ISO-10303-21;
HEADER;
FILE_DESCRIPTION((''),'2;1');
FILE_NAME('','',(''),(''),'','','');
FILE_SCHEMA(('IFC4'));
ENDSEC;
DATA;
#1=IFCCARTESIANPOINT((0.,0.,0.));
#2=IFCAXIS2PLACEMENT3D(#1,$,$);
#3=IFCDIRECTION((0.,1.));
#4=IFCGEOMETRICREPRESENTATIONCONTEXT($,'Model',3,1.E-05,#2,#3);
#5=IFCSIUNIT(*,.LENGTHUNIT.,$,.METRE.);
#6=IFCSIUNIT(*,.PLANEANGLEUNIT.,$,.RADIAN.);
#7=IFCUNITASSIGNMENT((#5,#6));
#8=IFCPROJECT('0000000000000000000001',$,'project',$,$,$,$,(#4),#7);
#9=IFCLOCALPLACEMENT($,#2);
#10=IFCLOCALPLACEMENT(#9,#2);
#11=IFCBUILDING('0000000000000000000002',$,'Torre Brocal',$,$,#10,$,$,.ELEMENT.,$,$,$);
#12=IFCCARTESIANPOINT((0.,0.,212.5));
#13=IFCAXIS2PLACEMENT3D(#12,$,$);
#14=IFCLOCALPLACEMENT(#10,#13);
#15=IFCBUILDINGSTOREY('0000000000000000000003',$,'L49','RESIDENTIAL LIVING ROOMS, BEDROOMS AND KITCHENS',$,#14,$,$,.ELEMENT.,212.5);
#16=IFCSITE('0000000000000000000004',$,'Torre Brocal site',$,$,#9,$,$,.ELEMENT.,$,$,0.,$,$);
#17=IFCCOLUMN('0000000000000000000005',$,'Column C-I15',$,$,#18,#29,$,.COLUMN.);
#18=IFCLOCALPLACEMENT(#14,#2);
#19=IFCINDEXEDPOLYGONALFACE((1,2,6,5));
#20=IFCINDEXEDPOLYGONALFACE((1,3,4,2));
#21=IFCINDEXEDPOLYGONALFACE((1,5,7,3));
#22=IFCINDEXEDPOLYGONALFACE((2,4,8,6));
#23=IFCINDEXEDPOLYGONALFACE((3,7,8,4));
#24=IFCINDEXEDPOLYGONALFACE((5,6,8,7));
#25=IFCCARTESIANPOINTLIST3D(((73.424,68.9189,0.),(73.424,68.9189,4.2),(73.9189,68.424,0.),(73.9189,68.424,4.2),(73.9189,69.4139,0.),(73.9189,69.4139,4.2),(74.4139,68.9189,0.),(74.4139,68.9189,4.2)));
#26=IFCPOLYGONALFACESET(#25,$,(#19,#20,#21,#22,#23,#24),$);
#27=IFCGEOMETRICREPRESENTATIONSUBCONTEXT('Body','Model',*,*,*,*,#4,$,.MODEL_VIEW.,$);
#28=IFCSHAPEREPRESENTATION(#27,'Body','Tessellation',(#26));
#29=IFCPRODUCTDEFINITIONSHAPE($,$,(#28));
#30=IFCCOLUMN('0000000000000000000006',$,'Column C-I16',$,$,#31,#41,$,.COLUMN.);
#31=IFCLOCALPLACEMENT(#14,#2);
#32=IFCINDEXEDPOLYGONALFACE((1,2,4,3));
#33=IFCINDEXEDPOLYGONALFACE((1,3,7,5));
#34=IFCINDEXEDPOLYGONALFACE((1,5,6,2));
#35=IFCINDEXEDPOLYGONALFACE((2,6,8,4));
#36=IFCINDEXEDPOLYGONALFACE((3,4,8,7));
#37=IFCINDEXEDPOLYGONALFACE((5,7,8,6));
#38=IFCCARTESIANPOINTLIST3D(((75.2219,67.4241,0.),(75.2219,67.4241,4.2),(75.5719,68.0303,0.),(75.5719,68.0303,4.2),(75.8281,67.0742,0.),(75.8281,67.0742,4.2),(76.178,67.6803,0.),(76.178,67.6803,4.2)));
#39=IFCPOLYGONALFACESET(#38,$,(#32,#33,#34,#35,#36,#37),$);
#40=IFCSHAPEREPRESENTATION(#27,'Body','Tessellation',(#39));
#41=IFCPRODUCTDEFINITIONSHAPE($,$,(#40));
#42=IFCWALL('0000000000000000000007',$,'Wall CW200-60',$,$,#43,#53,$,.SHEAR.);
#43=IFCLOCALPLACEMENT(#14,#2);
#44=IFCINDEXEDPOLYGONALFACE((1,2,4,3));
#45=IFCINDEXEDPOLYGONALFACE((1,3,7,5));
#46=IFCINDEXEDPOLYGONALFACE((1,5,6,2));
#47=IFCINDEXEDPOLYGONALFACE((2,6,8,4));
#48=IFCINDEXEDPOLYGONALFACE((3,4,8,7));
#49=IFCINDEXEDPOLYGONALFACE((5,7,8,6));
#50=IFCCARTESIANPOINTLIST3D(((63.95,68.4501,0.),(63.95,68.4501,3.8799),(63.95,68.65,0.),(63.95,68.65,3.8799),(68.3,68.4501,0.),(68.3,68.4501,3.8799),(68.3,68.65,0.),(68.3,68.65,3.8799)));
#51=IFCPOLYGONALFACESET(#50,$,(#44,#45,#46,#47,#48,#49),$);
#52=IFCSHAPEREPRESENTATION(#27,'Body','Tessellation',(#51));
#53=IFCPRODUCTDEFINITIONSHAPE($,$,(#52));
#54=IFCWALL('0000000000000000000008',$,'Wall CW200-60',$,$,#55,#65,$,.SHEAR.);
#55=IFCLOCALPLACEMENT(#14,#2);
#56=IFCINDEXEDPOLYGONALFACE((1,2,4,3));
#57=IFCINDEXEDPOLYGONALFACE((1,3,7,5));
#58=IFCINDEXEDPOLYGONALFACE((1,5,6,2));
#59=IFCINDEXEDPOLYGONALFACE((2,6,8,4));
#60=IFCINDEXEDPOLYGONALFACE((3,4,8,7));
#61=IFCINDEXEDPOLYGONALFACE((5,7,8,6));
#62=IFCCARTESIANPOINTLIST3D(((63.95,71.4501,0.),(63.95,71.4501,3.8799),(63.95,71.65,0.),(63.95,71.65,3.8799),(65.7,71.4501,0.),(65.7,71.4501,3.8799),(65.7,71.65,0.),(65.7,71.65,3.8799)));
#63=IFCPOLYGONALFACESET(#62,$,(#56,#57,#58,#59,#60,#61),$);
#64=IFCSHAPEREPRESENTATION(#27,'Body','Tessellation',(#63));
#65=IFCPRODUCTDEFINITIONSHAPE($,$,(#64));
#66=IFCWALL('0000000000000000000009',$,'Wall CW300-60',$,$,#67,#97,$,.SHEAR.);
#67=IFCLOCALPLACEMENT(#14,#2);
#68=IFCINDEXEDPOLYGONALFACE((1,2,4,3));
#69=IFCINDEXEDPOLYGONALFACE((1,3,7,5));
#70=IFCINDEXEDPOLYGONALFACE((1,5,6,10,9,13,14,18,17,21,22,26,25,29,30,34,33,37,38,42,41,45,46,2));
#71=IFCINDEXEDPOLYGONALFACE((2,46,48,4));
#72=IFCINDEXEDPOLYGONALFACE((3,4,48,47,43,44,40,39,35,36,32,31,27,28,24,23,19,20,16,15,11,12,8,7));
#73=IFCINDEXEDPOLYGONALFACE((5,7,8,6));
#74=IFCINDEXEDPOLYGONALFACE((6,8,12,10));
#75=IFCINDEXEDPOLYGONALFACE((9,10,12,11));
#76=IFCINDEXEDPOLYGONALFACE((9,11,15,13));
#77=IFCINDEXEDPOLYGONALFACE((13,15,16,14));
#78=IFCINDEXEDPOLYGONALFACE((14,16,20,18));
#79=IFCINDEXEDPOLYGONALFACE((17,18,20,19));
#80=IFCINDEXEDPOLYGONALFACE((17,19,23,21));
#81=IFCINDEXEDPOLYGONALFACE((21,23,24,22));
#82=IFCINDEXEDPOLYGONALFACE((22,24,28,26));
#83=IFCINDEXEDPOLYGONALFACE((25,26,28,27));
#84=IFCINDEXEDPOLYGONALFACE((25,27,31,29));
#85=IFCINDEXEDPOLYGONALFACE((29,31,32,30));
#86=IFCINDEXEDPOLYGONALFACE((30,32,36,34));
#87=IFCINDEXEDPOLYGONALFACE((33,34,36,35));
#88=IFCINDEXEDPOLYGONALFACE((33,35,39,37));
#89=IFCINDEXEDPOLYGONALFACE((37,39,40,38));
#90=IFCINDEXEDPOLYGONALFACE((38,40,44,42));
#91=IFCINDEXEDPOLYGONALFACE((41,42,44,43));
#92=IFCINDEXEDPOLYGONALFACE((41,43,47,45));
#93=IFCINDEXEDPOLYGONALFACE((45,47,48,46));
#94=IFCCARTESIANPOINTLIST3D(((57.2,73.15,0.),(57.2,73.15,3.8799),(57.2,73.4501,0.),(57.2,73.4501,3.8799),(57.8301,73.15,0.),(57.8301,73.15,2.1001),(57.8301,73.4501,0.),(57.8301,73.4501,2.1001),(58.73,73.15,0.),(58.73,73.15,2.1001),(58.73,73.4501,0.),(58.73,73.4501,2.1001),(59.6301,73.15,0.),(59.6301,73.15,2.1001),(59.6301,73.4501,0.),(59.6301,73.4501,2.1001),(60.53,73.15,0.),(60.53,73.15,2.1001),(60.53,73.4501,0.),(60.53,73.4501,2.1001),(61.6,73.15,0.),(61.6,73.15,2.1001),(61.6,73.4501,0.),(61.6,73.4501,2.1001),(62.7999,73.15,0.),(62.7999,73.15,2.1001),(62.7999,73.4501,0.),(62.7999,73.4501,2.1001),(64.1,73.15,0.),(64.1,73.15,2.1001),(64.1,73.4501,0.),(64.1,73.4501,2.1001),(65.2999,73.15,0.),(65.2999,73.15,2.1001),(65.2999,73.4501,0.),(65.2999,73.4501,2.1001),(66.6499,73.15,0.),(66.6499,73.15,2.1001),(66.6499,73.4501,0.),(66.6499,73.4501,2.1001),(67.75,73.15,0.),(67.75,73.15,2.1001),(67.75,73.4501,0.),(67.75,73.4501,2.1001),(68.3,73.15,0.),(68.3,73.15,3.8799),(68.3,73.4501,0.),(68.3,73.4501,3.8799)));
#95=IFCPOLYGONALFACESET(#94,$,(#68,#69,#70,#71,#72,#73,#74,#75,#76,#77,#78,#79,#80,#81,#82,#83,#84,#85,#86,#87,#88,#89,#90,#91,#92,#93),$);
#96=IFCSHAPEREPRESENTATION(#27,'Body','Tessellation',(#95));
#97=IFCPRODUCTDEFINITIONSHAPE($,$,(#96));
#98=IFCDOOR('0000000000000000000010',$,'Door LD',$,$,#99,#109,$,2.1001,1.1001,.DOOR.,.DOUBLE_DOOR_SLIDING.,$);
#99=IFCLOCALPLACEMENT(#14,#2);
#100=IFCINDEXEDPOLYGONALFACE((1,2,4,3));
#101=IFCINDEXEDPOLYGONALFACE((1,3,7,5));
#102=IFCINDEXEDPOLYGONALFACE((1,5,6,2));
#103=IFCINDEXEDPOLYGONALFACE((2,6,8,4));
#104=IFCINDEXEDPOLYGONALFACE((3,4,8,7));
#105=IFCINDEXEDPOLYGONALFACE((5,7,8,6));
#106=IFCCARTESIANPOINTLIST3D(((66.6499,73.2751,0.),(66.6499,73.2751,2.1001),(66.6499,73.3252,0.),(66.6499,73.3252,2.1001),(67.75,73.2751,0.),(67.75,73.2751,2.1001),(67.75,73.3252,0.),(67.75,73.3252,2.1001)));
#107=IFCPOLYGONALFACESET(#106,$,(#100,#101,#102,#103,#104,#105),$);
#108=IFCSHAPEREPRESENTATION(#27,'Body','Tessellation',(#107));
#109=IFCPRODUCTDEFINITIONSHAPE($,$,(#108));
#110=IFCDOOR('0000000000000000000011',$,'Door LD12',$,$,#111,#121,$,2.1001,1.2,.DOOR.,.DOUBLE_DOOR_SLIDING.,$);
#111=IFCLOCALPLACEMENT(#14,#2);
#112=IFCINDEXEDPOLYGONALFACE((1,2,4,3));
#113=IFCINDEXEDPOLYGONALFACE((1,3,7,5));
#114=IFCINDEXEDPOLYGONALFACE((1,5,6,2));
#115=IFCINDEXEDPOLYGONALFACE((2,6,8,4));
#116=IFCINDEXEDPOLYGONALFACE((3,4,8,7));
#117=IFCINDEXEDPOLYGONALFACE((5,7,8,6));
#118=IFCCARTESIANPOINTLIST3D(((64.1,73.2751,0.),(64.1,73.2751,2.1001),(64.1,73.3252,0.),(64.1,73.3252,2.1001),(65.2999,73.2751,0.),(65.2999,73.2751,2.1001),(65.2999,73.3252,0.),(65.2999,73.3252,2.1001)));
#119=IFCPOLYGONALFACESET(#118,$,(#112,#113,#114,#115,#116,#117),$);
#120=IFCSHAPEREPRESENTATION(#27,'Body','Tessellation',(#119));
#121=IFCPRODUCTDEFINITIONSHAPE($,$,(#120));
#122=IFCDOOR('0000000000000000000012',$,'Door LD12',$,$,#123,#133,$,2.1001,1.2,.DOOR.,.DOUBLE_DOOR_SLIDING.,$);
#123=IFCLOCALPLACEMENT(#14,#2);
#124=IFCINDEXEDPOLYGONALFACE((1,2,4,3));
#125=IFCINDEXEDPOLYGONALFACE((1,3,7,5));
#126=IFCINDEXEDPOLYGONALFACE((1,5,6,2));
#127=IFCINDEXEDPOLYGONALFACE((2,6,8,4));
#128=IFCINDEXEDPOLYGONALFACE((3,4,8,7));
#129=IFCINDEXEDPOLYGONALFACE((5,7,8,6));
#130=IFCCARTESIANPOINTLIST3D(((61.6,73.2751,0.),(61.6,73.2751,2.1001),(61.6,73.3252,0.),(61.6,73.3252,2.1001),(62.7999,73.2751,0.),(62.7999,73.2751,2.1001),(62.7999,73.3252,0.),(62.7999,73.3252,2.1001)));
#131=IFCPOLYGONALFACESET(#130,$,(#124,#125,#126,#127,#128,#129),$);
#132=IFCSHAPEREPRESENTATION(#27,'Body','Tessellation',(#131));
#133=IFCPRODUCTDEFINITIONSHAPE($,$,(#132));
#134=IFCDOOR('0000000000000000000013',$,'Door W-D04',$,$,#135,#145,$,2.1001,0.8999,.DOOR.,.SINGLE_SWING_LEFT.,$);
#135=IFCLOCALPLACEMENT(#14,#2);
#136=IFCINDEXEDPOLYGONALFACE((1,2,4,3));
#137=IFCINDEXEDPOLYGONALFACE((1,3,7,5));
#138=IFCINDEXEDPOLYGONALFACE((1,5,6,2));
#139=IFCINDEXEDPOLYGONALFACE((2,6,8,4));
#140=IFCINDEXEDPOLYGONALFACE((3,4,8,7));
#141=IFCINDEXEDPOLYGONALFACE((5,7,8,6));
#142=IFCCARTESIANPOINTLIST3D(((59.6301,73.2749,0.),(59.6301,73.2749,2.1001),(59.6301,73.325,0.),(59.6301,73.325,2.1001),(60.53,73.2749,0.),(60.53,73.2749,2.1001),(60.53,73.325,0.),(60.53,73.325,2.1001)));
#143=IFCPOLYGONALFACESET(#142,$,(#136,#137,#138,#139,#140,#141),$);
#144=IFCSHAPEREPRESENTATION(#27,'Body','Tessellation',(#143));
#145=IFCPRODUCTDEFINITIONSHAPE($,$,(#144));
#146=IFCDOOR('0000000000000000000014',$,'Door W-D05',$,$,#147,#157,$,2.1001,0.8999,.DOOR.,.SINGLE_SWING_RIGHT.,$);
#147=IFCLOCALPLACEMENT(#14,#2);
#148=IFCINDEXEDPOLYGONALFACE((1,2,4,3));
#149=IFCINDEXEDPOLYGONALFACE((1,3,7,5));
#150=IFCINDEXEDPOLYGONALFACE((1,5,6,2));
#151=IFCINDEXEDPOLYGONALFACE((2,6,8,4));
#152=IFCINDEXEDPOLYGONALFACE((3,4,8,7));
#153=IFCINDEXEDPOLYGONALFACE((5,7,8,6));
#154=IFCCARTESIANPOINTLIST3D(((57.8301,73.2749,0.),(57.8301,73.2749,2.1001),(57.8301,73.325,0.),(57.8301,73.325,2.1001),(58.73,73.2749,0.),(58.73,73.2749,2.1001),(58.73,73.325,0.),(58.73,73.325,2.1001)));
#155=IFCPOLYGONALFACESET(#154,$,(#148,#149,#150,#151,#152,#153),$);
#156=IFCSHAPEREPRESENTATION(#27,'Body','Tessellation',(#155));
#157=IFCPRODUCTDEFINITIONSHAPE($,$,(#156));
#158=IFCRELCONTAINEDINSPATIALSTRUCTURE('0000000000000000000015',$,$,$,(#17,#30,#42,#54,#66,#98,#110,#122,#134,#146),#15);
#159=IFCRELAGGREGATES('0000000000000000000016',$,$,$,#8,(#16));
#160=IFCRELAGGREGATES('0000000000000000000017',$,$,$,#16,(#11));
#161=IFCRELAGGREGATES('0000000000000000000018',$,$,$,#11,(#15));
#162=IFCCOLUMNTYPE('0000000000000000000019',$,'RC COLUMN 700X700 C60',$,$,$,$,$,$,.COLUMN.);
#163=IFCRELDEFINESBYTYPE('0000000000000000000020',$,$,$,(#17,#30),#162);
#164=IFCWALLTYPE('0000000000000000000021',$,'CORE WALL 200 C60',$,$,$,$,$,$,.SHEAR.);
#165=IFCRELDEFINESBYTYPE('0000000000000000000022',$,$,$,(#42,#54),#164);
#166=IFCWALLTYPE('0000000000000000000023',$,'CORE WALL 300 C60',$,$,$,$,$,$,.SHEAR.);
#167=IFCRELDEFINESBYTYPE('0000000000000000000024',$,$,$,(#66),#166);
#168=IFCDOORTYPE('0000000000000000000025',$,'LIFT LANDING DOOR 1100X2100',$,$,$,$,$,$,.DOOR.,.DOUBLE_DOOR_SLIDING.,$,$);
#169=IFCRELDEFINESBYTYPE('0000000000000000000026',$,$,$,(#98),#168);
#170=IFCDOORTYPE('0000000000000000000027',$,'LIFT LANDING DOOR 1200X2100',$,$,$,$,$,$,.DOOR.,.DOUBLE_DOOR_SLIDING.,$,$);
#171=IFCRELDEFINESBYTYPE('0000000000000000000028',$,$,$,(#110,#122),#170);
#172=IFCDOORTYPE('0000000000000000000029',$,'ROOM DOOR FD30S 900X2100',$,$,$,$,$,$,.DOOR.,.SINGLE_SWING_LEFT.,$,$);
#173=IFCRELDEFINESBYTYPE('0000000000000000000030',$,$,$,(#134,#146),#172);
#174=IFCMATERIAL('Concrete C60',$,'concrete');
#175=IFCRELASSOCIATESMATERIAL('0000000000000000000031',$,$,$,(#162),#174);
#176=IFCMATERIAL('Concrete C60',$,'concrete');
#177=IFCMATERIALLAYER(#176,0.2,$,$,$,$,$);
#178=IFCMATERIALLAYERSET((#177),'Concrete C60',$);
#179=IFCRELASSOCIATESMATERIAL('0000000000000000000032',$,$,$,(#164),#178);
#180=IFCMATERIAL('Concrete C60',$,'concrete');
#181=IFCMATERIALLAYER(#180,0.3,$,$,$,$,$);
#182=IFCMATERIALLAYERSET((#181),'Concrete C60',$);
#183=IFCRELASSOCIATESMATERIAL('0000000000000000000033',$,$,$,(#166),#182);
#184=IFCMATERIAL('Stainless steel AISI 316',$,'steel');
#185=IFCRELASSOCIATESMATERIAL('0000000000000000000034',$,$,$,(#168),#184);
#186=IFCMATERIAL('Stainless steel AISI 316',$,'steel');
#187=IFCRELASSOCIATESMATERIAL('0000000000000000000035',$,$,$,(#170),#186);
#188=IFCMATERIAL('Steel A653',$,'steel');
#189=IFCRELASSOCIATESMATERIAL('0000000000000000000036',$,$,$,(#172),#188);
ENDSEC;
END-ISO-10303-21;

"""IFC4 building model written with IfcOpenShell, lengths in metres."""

from ifc_helpers import new_model, si_unit, direction, frame, frame_2d, origin, origin_2d, place, context, subcontext, project, spatial, rectangle, extrude, material, layer, layer_set, material_profile, profile_set, type_object, element, fill, save


model = new_model("IFC4")

# Units and contexts
model_context = context("Model", 3, precision=1e-05, world=origin(), true_north=direction((0.0, 1.0)))
body_context = subcontext(model_context, "Body", "Model", "MODEL_VIEW")
ifc_project = project(units=[si_unit("LENGTHUNIT", "METRE"), si_unit("PLANEANGLEUNIT", "RADIAN")], contexts=[model_context])

# Site, building, storey
site_placement = place(None, origin())
site = spatial("IfcSite", under=ifc_project, at=site_placement, Name="Torre Brocal site", CompositionType="ELEMENT", RefElevation=0.0)
building_placement = place(site_placement, origin())
building = spatial("IfcBuilding", under=site, at=building_placement, Name="Torre Brocal", CompositionType="ELEMENT")
storey_placement = place(building_placement, frame((0.0, 0.0, 212.5)))
storey = spatial("IfcBuildingStorey", under=building, at=storey_placement, Name="L49", Description="RESIDENTIAL LIVING ROOMS, BEDROOMS AND KITCHENS", CompositionType="ELEMENT", Elevation=212.5)

# Columns
ifc_material_1 = material(Name="Concrete C60", Category="concrete")
ifc_material_profile = material_profile(ifc_material_1, rectangle(XDim=0.7, YDim=0.7, at=origin_2d()), Name="RC 700X700")
ifc_profile_set = profile_set([ifc_material_profile], Name="Concrete C60")
column_type = type_object("IfcColumnType", Name="RC COLUMN 700X700 C60", PredefinedType="COLUMN", material=ifc_profile_set)
for number, where, z_axis, x_axis, name in (
    (1, (73.9189, 68.9189, 0.0), (0.0, 0.0, 1.0), (-0.707107, -0.707107, 0.0), "Column C-I15"),
    (2, (75.7, 67.5522, 0.0), (0.0, 0.0, 1.0), (-0.5, -0.866025, 0.0), "Column C-I16"),
):
    element("IfcColumn", number, at=place(storey_placement, frame(where, z_axis=z_axis, x_axis=x_axis)), inside=storey, type_object=column_type, Name=name, PredefinedType="COLUMN", context=body_context, shape_type="SweptSolid", body=[
        extrude(rectangle(XDim=0.7, YDim=0.7, at=origin_2d()), origin(), (0.0, 0.0, 1.0), 4.2),
    ])

# Walls
ifc_material_2 = material(Name="Concrete C60", Category="concrete")
ifc_layer_1 = layer(ifc_material_2, 0.2)
ifc_layer_set_1 = layer_set([ifc_layer_1], Name="Concrete C60")
wall_type_1 = type_object("IfcWallType", Name="CORE WALL 200 C60", PredefinedType="SHEAR", material=ifc_layer_set_1)
wall_1_placement = place(storey_placement, frame((68.3, 68.55, 0.0), z_axis=(0.0, 0.0, 1.0), x_axis=(-1.0, 0.0, 0.0)))
element("IfcWall", 3, at=wall_1_placement, inside=storey, type_object=wall_type_1, Name="Wall CW200-60", PredefinedType="SHEAR", context=body_context, shape_type="SweptSolid", body=[
    extrude(rectangle(XDim=4.3501, YDim=0.2, at=frame_2d((2.175, 0.0))), origin(), (0.0, 0.0, 1.0), 3.8799),
])
wall_2_placement = place(storey_placement, frame((65.7, 71.55, 0.0), z_axis=(0.0, 0.0, 1.0), x_axis=(-1.0, 0.0, 0.0)))
element("IfcWall", 4, at=wall_2_placement, inside=storey, type_object=wall_type_1, Name="Wall CW200-60", PredefinedType="SHEAR", context=body_context, shape_type="SweptSolid", body=[
    extrude(rectangle(XDim=1.75, YDim=0.2, at=frame_2d((0.875, 0.0))), origin(), (0.0, 0.0, 1.0), 3.8799),
])

# Wall, openings, doors
ifc_material_3 = material(Name="Concrete C60", Category="concrete")
ifc_layer_2 = layer(ifc_material_3, 0.3)
ifc_layer_set_2 = layer_set([ifc_layer_2], Name="Concrete C60")
wall_type_2 = type_object("IfcWallType", Name="CORE WALL 300 C60", PredefinedType="SHEAR", material=ifc_layer_set_2)
wall_3_placement = place(storey_placement, frame((68.3, 73.3, 0.0), z_axis=(0.0, 0.0, 1.0), x_axis=(-1.0, 0.0, 0.0)))
wall_3 = element("IfcWall", 5, at=wall_3_placement, inside=storey, type_object=wall_type_2, Name="Wall CW300-60", PredefinedType="SHEAR", context=body_context, shape_type="SweptSolid", body=[
    extrude(rectangle(XDim=11.1001, YDim=0.3, at=frame_2d((5.55, 0.0))), origin(), (0.0, 0.0, 1.0), 3.8799),
])
opening_1_placement = place(wall_3_placement, frame((0.55, 0.0, 0.0)))
opening_1 = element("IfcOpeningElement", 6, at=opening_1_placement, cuts=wall_3, PredefinedType="OPENING", context=body_context, shape_type="SweptSolid", body=[
    extrude(rectangle(XDim=1.1001, YDim=2.1001, at=frame_2d((0.55, 1.05))), frame((0.0, 0.1599, 0.0), z_axis=(0.0, -1.0, 0.0), x_axis=(1.0, 0.0, 0.0)), (0.0, 0.0, 1.0), 0.3201),
])
opening_2_placement = place(wall_3_placement, frame((3.0, 0.0, 0.0)))
opening_2 = element("IfcOpeningElement", 7, at=opening_2_placement, cuts=wall_3, PredefinedType="OPENING", context=body_context, shape_type="SweptSolid", body=[
    extrude(rectangle(XDim=1.2, YDim=2.1001, at=frame_2d((0.6001, 1.05))), frame((0.0, 0.1599, 0.0), z_axis=(0.0, -1.0, 0.0), x_axis=(1.0, 0.0, 0.0)), (0.0, 0.0, 1.0), 0.3201),
])
opening_3_placement = place(wall_3_placement, frame((5.5, 0.0, 0.0)))
opening_3 = element("IfcOpeningElement", 8, at=opening_3_placement, cuts=wall_3, PredefinedType="OPENING", context=body_context, shape_type="SweptSolid", body=[
    extrude(rectangle(XDim=1.2, YDim=2.1001, at=frame_2d((0.6001, 1.05))), frame((0.0, 0.1599, 0.0), z_axis=(0.0, -1.0, 0.0), x_axis=(1.0, 0.0, 0.0)), (0.0, 0.0, 1.0), 0.3201),
])
opening_4_placement = place(wall_3_placement, frame((7.77, 0.0, 0.0)))
opening_4 = element("IfcOpeningElement", 9, at=opening_4_placement, cuts=wall_3, PredefinedType="OPENING", context=body_context, shape_type="SweptSolid", body=[
    extrude(rectangle(XDim=0.8999, YDim=2.1001, at=frame_2d((0.45, 1.05))), frame((0.0, 0.1599, 0.0), z_axis=(0.0, -1.0, 0.0), x_axis=(1.0, 0.0, 0.0)), (0.0, 0.0, 1.0), 0.3201),
])
opening_5_placement = place(wall_3_placement, frame((9.5701, 0.0, 0.0)))
opening_5 = element("IfcOpeningElement", 10, at=opening_5_placement, cuts=wall_3, PredefinedType="OPENING", context=body_context, shape_type="SweptSolid", body=[
    extrude(rectangle(XDim=0.8999, YDim=2.1001, at=frame_2d((0.45, 1.05))), frame((0.0, 0.1599, 0.0), z_axis=(0.0, -1.0, 0.0), x_axis=(1.0, 0.0, 0.0)), (0.0, 0.0, 1.0), 0.3201),
])
ifc_material_4 = material(Name="Stainless steel AISI 316", Category="steel")
door_type_1 = type_object("IfcDoorType", Name="LIFT LANDING DOOR 1100X2100", OperationType="DOUBLE_DOOR_SLIDING", PredefinedType="DOOR", material=ifc_material_4)
door_1_placement = place(opening_1_placement, origin())
door_1 = element("IfcDoor", 11, at=door_1_placement, inside=storey, type_object=door_type_1, Name="Door LD", OperationType="DOUBLE_DOOR_SLIDING", OverallHeight=2.1001, OverallWidth=1.1001, PredefinedType="DOOR", context=body_context, shape_type="SweptSolid", body=[
    extrude(rectangle(XDim=1.1001, YDim=2.1001, at=frame_2d((0.55, 1.05))), frame((0.0, 0.0249, 0.0), z_axis=(0.0, -1.0, 0.0), x_axis=(1.0, 0.0, 0.0)), (0.0, 0.0, 1.0), 0.05),
])
fill(opening_1, door_1)
ifc_material_5 = material(Name="Stainless steel AISI 316", Category="steel")
door_type_2 = type_object("IfcDoorType", Name="LIFT LANDING DOOR 1200X2100", OperationType="DOUBLE_DOOR_SLIDING", PredefinedType="DOOR", material=ifc_material_5)
door_2_placement = place(opening_2_placement, origin())
door_2 = element("IfcDoor", 12, at=door_2_placement, inside=storey, type_object=door_type_2, Name="Door LD12", OperationType="DOUBLE_DOOR_SLIDING", OverallHeight=2.1001, OverallWidth=1.2, PredefinedType="DOOR", context=body_context, shape_type="SweptSolid", body=[
    extrude(rectangle(XDim=1.2, YDim=2.1001, at=frame_2d((0.6001, 1.05))), frame((0.0, 0.0249, 0.0), z_axis=(0.0, -1.0, 0.0), x_axis=(1.0, 0.0, 0.0)), (0.0, 0.0, 1.0), 0.05),
])
fill(opening_2, door_2)
door_3_placement = place(opening_3_placement, origin())
door_3 = element("IfcDoor", 13, at=door_3_placement, inside=storey, type_object=door_type_2, Name="Door LD12", OperationType="DOUBLE_DOOR_SLIDING", OverallHeight=2.1001, OverallWidth=1.2, PredefinedType="DOOR", context=body_context, shape_type="SweptSolid", body=[
    extrude(rectangle(XDim=1.2, YDim=2.1001, at=frame_2d((0.6001, 1.05))), frame((0.0, 0.0249, 0.0), z_axis=(0.0, -1.0, 0.0), x_axis=(1.0, 0.0, 0.0)), (0.0, 0.0, 1.0), 0.05),
])
fill(opening_3, door_3)
ifc_material_6 = material(Name="Steel A653", Category="steel")
door_type_3 = type_object("IfcDoorType", Name="ROOM DOOR FD30S 900X2100", OperationType="SINGLE_SWING_LEFT", PredefinedType="DOOR", material=ifc_material_6)
door_4_placement = place(opening_4_placement, frame((0.8999, 0.0, 0.0), z_axis=(0.0, 0.0, 1.0), x_axis=(-1.0, 0.0, 0.0)))
door_4 = element("IfcDoor", 14, at=door_4_placement, inside=storey, type_object=door_type_3, Name="Door W-D04", OperationType="SINGLE_SWING_LEFT", OverallHeight=2.1001, OverallWidth=0.8999, PredefinedType="DOOR", context=body_context, shape_type="SweptSolid", body=[
    extrude(rectangle(XDim=0.8999, YDim=2.1001, at=frame_2d((0.45, 1.05))), frame((0.0, 0.0249, 0.0), z_axis=(0.0, -1.0, 0.0), x_axis=(1.0, 0.0, 0.0)), (0.0, 0.0, 1.0), 0.05),
])
fill(opening_4, door_4)
door_5_placement = place(opening_5_placement, frame((0.8999, 0.0, 0.0), z_axis=(0.0, 0.0, 1.0), x_axis=(-1.0, 0.0, 0.0)))
door_5 = element("IfcDoor", 15, at=door_5_placement, inside=storey, type_object=door_type_3, Name="Door W-D05", OperationType="SINGLE_SWING_RIGHT", OverallHeight=2.1001, OverallWidth=0.8999, PredefinedType="DOOR", context=body_context, shape_type="SweptSolid", body=[
    extrude(rectangle(XDim=0.8999, YDim=2.1001, at=frame_2d((0.45, 1.05))), frame((0.0, 0.0249, 0.0), z_axis=(0.0, -1.0, 0.0), x_axis=(1.0, 0.0, 0.0)), (0.0, 0.0, 1.0), 0.05),
])
fill(opening_5, door_5)

save(model, "model.ifc")
